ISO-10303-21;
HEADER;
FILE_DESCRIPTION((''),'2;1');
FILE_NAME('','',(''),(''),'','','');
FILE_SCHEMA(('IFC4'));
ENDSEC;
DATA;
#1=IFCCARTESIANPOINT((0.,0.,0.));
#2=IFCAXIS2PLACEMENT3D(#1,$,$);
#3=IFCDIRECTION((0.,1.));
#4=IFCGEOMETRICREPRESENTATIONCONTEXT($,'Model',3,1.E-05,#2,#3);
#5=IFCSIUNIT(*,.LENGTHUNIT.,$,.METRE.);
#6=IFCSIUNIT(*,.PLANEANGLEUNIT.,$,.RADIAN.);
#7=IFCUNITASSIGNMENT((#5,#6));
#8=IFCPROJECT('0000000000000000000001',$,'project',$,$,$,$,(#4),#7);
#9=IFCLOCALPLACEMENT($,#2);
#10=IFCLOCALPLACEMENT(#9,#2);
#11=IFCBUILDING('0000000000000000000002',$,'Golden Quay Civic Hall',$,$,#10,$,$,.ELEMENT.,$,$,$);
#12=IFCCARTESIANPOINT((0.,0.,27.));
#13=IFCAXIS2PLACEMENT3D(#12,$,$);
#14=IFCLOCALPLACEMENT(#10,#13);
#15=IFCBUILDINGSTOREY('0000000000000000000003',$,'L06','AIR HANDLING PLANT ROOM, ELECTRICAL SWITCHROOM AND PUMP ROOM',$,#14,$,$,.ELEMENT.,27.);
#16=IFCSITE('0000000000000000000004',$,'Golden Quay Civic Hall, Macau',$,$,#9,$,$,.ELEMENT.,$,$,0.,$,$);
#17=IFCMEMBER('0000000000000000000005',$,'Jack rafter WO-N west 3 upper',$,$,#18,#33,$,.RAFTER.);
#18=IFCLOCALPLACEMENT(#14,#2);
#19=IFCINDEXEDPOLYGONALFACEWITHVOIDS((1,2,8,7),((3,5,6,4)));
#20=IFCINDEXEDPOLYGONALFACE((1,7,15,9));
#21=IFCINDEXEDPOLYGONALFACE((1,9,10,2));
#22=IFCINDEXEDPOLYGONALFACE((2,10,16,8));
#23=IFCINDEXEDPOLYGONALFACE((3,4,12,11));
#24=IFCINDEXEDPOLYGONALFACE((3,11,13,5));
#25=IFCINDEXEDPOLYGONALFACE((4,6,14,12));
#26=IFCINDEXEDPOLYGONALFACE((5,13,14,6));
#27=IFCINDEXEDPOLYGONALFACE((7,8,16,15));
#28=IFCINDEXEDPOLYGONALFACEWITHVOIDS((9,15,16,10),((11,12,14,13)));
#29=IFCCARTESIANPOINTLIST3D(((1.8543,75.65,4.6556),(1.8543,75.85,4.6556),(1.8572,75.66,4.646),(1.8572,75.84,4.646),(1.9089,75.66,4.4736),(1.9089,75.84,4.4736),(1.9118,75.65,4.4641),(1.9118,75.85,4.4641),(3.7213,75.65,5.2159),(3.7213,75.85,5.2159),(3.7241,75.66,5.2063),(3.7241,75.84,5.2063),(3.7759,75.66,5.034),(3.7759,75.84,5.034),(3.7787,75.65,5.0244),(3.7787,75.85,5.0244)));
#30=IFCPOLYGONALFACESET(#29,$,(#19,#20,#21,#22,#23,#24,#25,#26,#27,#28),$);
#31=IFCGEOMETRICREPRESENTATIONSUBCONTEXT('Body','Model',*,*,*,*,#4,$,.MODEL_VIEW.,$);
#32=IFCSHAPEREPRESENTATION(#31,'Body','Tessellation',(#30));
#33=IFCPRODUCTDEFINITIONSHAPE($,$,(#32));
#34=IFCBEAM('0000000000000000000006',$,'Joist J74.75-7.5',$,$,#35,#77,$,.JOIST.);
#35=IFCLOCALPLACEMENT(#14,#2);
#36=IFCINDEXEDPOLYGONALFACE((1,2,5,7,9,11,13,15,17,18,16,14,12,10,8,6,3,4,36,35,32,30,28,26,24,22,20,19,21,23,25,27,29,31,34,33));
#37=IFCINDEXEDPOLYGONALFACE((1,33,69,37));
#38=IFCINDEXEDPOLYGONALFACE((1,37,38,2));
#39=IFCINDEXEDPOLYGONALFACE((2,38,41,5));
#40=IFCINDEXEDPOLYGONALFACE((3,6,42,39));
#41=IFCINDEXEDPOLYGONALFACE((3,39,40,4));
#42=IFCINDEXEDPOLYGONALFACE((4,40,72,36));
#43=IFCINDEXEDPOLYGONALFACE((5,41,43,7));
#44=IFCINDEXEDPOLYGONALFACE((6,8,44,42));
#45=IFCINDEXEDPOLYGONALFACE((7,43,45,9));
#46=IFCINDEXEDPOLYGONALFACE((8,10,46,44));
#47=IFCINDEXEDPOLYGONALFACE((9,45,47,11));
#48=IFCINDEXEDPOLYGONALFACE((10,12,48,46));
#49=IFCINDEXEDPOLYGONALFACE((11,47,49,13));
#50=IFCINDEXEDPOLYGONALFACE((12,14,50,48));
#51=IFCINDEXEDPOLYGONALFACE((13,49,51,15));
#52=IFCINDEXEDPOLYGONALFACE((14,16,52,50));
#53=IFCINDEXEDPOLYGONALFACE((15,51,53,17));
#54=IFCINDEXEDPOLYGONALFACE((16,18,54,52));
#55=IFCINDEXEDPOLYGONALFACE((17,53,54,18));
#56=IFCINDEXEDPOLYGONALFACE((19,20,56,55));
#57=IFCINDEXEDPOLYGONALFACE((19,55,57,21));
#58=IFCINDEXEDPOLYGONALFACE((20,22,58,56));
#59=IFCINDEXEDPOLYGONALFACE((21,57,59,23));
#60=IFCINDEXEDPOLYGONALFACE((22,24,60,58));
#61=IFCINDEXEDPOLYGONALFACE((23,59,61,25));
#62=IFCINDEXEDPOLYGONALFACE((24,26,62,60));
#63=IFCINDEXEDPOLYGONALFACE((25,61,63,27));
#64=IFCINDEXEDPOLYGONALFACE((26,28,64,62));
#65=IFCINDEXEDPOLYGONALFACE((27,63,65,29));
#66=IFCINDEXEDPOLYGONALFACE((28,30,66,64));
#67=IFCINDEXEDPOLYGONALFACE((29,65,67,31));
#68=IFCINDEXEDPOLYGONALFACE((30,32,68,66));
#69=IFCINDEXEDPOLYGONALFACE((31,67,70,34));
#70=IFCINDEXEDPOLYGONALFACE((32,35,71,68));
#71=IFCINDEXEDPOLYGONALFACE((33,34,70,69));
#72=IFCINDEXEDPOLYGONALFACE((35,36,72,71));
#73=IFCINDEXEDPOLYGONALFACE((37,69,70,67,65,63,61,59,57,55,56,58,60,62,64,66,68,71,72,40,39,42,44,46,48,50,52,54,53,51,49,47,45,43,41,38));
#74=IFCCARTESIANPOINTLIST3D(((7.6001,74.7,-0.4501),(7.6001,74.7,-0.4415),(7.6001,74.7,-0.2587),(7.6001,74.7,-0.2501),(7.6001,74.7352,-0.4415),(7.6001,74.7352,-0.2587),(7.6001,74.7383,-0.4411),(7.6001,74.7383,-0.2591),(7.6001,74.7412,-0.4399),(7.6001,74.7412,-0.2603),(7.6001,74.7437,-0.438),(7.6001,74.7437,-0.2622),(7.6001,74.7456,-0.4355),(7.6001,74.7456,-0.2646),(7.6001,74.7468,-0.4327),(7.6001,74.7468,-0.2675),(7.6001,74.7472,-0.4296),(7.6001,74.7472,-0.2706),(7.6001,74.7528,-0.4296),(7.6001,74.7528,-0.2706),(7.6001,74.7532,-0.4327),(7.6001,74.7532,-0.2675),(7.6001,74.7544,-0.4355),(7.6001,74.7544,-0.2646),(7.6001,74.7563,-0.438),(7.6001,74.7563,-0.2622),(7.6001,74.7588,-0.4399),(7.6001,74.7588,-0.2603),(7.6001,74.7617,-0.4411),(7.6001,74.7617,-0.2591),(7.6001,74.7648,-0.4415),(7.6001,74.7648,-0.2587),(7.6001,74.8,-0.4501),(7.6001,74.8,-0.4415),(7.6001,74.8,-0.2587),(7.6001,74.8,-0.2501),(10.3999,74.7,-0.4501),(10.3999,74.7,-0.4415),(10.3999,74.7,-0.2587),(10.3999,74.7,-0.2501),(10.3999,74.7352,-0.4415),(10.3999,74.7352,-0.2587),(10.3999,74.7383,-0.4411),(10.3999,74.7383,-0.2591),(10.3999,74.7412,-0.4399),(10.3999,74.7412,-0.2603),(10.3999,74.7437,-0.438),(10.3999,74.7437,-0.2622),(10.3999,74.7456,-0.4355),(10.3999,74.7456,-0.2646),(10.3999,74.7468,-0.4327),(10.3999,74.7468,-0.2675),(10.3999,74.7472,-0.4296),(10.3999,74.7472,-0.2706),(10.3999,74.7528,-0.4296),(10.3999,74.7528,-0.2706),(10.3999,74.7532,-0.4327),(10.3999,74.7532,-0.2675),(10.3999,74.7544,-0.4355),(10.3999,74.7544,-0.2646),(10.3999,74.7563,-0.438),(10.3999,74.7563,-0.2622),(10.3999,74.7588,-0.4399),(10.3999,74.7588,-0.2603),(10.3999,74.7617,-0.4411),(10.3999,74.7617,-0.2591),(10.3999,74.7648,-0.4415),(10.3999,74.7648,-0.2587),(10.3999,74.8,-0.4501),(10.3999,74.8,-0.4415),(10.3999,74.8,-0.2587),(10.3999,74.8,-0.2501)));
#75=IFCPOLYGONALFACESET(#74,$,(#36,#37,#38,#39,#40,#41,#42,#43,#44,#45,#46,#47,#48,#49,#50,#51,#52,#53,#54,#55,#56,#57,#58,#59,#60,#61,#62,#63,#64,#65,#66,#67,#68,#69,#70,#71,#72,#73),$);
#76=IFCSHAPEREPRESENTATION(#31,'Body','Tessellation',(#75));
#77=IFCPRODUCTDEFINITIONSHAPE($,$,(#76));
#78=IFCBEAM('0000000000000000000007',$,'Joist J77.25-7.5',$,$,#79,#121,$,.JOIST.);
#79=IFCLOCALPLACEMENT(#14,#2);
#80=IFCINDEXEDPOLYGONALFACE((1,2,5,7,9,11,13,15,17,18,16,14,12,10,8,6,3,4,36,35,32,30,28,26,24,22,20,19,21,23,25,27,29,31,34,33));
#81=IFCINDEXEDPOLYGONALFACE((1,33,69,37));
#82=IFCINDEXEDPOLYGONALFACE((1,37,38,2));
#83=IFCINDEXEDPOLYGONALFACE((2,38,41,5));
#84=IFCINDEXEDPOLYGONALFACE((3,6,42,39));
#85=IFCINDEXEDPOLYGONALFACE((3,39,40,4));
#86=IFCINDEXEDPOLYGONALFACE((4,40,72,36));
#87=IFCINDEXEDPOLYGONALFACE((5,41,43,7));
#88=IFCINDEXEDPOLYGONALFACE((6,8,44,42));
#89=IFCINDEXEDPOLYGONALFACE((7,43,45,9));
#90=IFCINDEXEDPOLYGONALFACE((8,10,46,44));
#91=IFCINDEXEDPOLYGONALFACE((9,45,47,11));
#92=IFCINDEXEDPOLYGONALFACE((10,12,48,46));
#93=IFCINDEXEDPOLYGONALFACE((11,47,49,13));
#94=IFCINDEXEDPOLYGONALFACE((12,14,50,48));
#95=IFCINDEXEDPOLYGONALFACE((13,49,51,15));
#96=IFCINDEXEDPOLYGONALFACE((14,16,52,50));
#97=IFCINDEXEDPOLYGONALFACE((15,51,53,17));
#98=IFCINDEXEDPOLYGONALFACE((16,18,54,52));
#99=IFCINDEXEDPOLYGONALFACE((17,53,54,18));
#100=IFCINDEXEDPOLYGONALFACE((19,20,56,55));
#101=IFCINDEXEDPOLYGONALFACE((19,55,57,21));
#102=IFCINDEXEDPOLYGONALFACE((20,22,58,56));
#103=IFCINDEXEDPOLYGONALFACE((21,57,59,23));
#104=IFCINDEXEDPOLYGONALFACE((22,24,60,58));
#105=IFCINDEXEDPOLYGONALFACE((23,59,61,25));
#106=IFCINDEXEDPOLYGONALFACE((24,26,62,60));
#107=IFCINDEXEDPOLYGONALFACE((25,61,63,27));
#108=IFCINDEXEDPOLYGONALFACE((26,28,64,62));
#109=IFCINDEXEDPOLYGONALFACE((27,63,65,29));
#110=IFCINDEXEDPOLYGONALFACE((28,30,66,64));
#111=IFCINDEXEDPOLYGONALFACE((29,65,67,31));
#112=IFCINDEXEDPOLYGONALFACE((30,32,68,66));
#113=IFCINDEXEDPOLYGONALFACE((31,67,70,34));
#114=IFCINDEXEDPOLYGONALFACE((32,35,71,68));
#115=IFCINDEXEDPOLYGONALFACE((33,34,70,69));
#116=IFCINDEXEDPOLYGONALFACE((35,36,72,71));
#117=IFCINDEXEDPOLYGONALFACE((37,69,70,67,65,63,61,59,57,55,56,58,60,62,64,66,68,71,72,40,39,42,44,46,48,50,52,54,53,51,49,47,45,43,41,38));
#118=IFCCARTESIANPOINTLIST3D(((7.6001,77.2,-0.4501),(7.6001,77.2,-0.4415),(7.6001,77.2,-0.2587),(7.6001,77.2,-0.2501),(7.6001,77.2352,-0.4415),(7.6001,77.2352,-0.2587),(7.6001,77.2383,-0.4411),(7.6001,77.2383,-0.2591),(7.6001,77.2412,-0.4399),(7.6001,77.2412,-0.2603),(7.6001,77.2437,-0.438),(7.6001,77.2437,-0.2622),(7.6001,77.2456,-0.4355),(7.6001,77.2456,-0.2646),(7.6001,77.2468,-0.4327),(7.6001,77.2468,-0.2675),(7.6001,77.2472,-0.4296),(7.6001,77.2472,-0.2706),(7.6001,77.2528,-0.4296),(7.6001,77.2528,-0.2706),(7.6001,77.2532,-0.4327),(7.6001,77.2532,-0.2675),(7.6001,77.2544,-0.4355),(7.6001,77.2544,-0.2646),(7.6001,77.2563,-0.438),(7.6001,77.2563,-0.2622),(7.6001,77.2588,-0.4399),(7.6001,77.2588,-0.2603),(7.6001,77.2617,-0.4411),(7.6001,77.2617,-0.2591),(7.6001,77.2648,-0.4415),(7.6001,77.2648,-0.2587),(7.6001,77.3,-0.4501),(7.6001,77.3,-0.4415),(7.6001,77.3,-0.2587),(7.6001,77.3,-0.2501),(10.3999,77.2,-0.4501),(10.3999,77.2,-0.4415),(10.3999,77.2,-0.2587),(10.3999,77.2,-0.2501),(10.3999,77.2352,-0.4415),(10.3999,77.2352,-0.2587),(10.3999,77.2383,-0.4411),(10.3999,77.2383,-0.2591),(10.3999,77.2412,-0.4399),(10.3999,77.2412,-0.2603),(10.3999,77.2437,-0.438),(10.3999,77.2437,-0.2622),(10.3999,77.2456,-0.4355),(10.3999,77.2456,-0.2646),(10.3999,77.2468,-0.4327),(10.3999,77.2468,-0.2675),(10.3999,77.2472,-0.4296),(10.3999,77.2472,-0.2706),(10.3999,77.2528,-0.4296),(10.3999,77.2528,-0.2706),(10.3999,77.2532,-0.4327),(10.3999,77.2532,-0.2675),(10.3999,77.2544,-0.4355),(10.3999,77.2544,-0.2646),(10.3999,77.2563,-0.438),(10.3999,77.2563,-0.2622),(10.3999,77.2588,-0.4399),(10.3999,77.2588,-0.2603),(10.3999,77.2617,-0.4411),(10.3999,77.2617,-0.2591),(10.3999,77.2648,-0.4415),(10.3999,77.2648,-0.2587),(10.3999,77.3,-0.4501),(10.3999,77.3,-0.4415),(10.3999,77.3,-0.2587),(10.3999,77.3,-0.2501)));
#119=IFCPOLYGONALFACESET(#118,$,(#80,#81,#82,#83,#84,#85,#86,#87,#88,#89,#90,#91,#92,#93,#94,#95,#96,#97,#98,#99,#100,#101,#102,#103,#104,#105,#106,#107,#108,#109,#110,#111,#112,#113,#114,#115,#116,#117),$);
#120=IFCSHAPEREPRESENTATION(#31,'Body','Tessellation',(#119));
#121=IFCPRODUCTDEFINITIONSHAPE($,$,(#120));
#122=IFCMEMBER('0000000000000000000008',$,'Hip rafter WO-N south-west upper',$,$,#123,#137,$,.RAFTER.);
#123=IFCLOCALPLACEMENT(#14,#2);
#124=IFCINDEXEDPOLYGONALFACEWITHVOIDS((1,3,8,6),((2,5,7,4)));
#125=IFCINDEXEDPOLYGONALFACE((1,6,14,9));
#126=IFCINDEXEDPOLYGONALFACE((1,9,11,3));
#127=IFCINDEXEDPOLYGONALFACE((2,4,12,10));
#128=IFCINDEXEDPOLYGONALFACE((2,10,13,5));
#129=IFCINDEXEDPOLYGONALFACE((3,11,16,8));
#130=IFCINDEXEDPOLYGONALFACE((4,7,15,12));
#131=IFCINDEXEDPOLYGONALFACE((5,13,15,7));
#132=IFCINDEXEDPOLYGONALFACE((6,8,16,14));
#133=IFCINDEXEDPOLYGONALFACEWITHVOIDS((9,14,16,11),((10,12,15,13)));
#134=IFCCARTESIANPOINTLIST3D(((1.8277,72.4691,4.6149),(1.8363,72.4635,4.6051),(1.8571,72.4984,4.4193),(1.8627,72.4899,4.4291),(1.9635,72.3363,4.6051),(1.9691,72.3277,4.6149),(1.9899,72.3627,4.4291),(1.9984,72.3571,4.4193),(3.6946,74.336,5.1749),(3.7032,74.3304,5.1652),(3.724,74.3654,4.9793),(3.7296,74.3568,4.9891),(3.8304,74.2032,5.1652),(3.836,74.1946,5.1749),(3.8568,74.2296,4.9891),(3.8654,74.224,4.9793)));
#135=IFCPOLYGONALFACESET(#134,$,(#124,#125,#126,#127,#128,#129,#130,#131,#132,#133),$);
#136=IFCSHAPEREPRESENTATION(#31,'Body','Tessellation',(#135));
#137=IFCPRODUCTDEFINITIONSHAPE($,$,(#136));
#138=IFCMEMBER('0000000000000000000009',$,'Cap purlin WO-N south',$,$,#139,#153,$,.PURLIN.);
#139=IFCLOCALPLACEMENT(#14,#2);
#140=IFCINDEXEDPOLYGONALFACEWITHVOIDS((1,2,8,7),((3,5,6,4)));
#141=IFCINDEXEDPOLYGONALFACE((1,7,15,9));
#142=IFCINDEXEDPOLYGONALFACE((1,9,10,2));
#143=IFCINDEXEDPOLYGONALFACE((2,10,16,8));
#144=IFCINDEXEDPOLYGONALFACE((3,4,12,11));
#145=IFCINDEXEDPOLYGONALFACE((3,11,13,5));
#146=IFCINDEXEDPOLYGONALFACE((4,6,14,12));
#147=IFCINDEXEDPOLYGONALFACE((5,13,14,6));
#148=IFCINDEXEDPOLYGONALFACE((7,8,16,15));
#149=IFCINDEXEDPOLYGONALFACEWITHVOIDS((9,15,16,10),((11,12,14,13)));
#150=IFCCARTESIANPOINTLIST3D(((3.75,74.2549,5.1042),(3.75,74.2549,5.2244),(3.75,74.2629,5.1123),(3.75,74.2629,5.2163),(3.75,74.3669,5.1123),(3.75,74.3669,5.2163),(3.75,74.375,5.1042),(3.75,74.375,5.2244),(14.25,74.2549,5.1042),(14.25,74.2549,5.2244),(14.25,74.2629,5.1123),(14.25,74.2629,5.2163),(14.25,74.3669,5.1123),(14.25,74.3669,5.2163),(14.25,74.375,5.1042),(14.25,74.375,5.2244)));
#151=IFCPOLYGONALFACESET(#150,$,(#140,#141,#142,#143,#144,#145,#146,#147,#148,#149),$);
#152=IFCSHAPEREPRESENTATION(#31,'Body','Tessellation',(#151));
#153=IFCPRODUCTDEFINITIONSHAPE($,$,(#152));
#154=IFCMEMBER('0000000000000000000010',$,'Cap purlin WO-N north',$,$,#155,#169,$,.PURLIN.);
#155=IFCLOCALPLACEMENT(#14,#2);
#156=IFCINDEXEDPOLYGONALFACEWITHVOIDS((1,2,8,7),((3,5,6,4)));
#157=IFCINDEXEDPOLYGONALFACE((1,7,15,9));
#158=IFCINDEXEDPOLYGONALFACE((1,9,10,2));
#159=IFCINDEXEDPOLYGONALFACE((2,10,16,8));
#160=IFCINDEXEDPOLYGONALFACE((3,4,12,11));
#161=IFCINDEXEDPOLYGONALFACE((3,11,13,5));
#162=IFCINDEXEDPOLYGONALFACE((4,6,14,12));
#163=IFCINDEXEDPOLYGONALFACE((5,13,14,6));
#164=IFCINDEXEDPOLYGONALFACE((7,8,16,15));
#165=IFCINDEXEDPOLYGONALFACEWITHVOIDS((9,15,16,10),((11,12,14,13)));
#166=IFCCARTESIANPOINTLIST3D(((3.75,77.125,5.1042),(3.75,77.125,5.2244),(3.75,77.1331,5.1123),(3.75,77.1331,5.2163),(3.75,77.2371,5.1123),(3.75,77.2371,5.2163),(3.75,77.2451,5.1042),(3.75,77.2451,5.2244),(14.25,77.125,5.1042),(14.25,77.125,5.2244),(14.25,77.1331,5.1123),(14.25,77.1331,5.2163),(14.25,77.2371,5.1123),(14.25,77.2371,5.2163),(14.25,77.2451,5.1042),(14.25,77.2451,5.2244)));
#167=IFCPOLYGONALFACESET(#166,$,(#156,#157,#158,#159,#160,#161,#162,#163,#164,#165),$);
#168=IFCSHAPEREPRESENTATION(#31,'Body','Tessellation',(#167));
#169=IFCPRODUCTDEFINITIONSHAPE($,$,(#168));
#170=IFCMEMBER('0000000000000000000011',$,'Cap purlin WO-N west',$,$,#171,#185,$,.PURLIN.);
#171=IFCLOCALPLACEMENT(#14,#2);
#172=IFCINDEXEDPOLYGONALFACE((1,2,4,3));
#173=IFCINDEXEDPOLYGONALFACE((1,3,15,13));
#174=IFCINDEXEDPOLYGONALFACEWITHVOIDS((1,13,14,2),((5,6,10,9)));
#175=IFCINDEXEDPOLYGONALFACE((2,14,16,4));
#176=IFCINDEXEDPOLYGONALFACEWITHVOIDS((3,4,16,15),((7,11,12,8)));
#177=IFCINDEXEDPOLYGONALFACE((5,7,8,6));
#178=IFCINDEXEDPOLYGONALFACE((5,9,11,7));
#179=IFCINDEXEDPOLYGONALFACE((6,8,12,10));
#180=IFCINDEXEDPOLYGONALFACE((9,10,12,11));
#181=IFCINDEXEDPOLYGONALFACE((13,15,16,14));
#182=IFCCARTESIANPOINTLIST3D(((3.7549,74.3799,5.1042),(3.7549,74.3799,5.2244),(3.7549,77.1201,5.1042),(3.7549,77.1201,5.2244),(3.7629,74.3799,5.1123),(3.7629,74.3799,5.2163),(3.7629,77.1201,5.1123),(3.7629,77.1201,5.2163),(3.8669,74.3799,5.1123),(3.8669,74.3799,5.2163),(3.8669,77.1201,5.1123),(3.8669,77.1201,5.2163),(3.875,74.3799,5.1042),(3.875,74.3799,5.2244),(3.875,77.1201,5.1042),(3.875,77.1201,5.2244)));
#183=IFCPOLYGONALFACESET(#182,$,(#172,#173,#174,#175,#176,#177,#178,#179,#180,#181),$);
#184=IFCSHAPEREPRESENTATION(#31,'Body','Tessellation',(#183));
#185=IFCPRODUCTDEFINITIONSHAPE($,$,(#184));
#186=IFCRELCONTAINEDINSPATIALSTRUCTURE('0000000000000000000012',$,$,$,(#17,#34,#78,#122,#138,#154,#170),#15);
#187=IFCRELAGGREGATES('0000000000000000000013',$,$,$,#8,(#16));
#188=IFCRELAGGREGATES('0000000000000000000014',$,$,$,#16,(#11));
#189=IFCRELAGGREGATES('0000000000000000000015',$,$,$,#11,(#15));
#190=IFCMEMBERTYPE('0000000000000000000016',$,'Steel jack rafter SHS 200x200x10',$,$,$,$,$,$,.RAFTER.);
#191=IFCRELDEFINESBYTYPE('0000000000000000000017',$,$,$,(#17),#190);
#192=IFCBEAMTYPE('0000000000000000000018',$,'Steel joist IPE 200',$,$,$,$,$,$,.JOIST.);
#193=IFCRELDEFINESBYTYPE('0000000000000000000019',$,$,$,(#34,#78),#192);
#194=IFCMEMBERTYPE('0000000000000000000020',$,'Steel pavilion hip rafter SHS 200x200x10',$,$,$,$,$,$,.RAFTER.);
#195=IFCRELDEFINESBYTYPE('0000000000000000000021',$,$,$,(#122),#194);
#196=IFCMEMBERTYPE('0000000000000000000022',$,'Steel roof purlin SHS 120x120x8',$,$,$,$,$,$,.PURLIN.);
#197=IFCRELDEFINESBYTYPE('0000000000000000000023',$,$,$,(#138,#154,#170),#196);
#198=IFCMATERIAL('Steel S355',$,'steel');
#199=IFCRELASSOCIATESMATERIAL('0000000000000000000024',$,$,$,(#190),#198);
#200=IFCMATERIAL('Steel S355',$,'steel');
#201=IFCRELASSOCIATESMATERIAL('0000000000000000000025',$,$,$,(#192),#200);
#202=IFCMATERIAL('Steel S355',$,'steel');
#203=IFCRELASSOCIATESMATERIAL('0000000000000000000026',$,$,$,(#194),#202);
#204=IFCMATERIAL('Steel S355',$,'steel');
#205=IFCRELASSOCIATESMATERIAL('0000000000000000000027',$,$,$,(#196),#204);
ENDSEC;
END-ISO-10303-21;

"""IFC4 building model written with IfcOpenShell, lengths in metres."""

from ifc_helpers import new_model, si_unit, direction, frame, origin, origin_2d, place, context, subcontext, project, spatial, hollow_rectangle, i_section, extrude, material, material_profile, profile_set, type_object, element, save


model = new_model("IFC4")

# Units and contexts
model_context = context("Model", 3, precision=1e-05, world=origin(), true_north=direction((0.0, 1.0)))
body_context = subcontext(model_context, "Body", "Model", "MODEL_VIEW")
ifc_project = project(units=[si_unit("LENGTHUNIT", "METRE"), si_unit("PLANEANGLEUNIT", "RADIAN")], contexts=[model_context])

# Site, building, storey
site_placement = place(None, origin())
site = spatial("IfcSite", under=ifc_project, at=site_placement, Name="Golden Quay Civic Hall, Macau", CompositionType="ELEMENT", RefElevation=0.0)
building_placement = place(site_placement, origin())
building = spatial("IfcBuilding", under=site, at=building_placement, Name="Golden Quay Civic Hall", CompositionType="ELEMENT")
storey_placement = place(building_placement, frame((0.0, 0.0, 27.0)))
storey = spatial("IfcBuildingStorey", under=building, at=storey_placement, Name="L06", Description="AIR HANDLING PLANT ROOM, ELECTRICAL SWITCHROOM AND PUMP ROOM", CompositionType="ELEMENT", Elevation=27.0)

# Member
ifc_material_1 = material(Name="Steel S355", Category="steel")
ifc_material_profile_1 = material_profile(ifc_material_1, hollow_rectangle(XDim=0.2, YDim=0.2, WallThickness=0.01, at=origin_2d()), Name="SHS 200x200x10")
ifc_profile_set_1 = profile_set([ifc_material_profile_1], Name="Steel S355")
member_type_1 = type_object("IfcMemberType", Name="Steel jack rafter SHS 200x200x10", PredefinedType="RAFTER", material=ifc_profile_set_1)
for number, where, z_axis, x_axis, name in (
    (1, (1.8831, 75.75, 4.5598), (0.957795, 0.0, 0.287451), (0.0, 1.0, 0.0), "Jack rafter WO-N west 3 upper"),
):
    element("IfcMember", number, at=place(storey_placement, frame(where, z_axis=z_axis, x_axis=x_axis)), inside=storey, type_object=member_type_1, Name=name, PredefinedType="RAFTER", context=body_context, shape_type="SweptSolid", body=[
        extrude(hollow_rectangle(XDim=0.2, YDim=0.2, WallThickness=0.01, at=origin_2d()), origin(), (0.0, 0.0, 1.0), 1.9492),
    ])

# Beams
ifc_material_2 = material(Name="Steel S355", Category="steel")
ifc_material_profile_2 = material_profile(ifc_material_2, i_section(OverallWidth=0.1001, OverallDepth=0.2, WebThickness=0.0056, FlangeThickness=0.0085, FilletRadius=0.012, at=origin_2d()), Name="IPE 200")
ifc_profile_set_2 = profile_set([ifc_material_profile_2], Name="Steel S355")
beam_type_1 = type_object("IfcBeamType", Name="Steel joist IPE 200", PredefinedType="JOIST", material=ifc_profile_set_2)
for number, where, z_axis, x_axis, name in (
    (2, (7.6001, 74.75, -0.3501), (1.0, 0.0, 0.0), (0.0, 1.0, 0.0), "Joist J74.75-7.5"),
    (3, (7.6001, 77.25, -0.3501), (1.0, 0.0, 0.0), (0.0, 1.0, 0.0), "Joist J77.25-7.5"),
):
    element("IfcBeam", number, at=place(storey_placement, frame(where, z_axis=z_axis, x_axis=x_axis)), inside=storey, type_object=beam_type_1, Name=name, PredefinedType="JOIST", context=body_context, shape_type="SweptSolid", body=[
        extrude(i_section(OverallWidth=0.1001, OverallDepth=0.2, WebThickness=0.0056, FlangeThickness=0.0085, FilletRadius=0.012, at=origin_2d()), origin(), (0.0, 0.0, 1.0), 2.7998),
    ])

# Members
ifc_material_3 = material(Name="Steel S355", Category="steel")
ifc_material_profile_3 = material_profile(ifc_material_3, hollow_rectangle(XDim=0.2, YDim=0.2, WallThickness=0.01, at=origin_2d()), Name="SHS 200x200x10")
ifc_profile_set_3 = profile_set([ifc_material_profile_3], Name="Steel S355")
member_type_2 = type_object("IfcMemberType", Name="Steel pavilion hip rafter SHS 200x200x10", PredefinedType="RAFTER", material=ifc_profile_set_3)
member_1_placement = place(storey_placement, frame((1.9131, 72.4131, 4.5171), z_axis=(0.691716, 0.691716, 0.207506), x_axis=(-0.707107, 0.707107, 0.0)))
element("IfcMember", 4, at=member_1_placement, inside=storey, type_object=member_type_2, Name="Hip rafter WO-N south-west upper", PredefinedType="RAFTER", context=body_context, shape_type="SweptSolid", body=[
    extrude(hollow_rectangle(XDim=0.2, YDim=0.2, WallThickness=0.01, at=origin_2d()), origin(), (0.0, 0.0, 1.0), 2.699),
])
ifc_material_4 = material(Name="Steel S355", Category="steel")
ifc_material_profile_4 = material_profile(ifc_material_4, hollow_rectangle(XDim=0.1201, YDim=0.1201, WallThickness=0.0081, at=origin_2d()), Name="SHS 120x120x8")
ifc_profile_set_4 = profile_set([ifc_material_profile_4], Name="Steel S355")
member_type_3 = type_object("IfcMemberType", Name="Steel roof purlin SHS 120x120x8", PredefinedType="PURLIN", material=ifc_profile_set_4)
for number, where, z_axis, x_axis, name in (
    (5, (3.75, 74.3149, 5.1643), (1.0, 0.0, 0.0), (0.0, 1.0, 0.0), "Cap purlin WO-N south"),
    (6, (3.75, 77.1851, 5.1643), (1.0, 0.0, 0.0), (0.0, 1.0, 0.0), "Cap purlin WO-N north"),
):
    element("IfcMember", number, at=place(storey_placement, frame(where, z_axis=z_axis, x_axis=x_axis)), inside=storey, type_object=member_type_3, Name=name, PredefinedType="PURLIN", context=body_context, shape_type="SweptSolid", body=[
        extrude(hollow_rectangle(XDim=0.1201, YDim=0.1201, WallThickness=0.0081, at=origin_2d()), origin(), (0.0, 0.0, 1.0), 10.5),
    ])
member_2_placement = place(storey_placement, frame((3.8149, 74.3799, 5.1643), z_axis=(0.0, 1.0, 0.0), x_axis=(-1.0, 0.0, 0.0)))
element("IfcMember", 7, at=member_2_placement, inside=storey, type_object=member_type_3, Name="Cap purlin WO-N west", PredefinedType="PURLIN", context=body_context, shape_type="SweptSolid", body=[
    extrude(hollow_rectangle(XDim=0.1201, YDim=0.1201, WallThickness=0.0081, at=origin_2d()), origin(), (0.0, 0.0, 1.0), 2.7402),
])

save(model, "model.ifc")
